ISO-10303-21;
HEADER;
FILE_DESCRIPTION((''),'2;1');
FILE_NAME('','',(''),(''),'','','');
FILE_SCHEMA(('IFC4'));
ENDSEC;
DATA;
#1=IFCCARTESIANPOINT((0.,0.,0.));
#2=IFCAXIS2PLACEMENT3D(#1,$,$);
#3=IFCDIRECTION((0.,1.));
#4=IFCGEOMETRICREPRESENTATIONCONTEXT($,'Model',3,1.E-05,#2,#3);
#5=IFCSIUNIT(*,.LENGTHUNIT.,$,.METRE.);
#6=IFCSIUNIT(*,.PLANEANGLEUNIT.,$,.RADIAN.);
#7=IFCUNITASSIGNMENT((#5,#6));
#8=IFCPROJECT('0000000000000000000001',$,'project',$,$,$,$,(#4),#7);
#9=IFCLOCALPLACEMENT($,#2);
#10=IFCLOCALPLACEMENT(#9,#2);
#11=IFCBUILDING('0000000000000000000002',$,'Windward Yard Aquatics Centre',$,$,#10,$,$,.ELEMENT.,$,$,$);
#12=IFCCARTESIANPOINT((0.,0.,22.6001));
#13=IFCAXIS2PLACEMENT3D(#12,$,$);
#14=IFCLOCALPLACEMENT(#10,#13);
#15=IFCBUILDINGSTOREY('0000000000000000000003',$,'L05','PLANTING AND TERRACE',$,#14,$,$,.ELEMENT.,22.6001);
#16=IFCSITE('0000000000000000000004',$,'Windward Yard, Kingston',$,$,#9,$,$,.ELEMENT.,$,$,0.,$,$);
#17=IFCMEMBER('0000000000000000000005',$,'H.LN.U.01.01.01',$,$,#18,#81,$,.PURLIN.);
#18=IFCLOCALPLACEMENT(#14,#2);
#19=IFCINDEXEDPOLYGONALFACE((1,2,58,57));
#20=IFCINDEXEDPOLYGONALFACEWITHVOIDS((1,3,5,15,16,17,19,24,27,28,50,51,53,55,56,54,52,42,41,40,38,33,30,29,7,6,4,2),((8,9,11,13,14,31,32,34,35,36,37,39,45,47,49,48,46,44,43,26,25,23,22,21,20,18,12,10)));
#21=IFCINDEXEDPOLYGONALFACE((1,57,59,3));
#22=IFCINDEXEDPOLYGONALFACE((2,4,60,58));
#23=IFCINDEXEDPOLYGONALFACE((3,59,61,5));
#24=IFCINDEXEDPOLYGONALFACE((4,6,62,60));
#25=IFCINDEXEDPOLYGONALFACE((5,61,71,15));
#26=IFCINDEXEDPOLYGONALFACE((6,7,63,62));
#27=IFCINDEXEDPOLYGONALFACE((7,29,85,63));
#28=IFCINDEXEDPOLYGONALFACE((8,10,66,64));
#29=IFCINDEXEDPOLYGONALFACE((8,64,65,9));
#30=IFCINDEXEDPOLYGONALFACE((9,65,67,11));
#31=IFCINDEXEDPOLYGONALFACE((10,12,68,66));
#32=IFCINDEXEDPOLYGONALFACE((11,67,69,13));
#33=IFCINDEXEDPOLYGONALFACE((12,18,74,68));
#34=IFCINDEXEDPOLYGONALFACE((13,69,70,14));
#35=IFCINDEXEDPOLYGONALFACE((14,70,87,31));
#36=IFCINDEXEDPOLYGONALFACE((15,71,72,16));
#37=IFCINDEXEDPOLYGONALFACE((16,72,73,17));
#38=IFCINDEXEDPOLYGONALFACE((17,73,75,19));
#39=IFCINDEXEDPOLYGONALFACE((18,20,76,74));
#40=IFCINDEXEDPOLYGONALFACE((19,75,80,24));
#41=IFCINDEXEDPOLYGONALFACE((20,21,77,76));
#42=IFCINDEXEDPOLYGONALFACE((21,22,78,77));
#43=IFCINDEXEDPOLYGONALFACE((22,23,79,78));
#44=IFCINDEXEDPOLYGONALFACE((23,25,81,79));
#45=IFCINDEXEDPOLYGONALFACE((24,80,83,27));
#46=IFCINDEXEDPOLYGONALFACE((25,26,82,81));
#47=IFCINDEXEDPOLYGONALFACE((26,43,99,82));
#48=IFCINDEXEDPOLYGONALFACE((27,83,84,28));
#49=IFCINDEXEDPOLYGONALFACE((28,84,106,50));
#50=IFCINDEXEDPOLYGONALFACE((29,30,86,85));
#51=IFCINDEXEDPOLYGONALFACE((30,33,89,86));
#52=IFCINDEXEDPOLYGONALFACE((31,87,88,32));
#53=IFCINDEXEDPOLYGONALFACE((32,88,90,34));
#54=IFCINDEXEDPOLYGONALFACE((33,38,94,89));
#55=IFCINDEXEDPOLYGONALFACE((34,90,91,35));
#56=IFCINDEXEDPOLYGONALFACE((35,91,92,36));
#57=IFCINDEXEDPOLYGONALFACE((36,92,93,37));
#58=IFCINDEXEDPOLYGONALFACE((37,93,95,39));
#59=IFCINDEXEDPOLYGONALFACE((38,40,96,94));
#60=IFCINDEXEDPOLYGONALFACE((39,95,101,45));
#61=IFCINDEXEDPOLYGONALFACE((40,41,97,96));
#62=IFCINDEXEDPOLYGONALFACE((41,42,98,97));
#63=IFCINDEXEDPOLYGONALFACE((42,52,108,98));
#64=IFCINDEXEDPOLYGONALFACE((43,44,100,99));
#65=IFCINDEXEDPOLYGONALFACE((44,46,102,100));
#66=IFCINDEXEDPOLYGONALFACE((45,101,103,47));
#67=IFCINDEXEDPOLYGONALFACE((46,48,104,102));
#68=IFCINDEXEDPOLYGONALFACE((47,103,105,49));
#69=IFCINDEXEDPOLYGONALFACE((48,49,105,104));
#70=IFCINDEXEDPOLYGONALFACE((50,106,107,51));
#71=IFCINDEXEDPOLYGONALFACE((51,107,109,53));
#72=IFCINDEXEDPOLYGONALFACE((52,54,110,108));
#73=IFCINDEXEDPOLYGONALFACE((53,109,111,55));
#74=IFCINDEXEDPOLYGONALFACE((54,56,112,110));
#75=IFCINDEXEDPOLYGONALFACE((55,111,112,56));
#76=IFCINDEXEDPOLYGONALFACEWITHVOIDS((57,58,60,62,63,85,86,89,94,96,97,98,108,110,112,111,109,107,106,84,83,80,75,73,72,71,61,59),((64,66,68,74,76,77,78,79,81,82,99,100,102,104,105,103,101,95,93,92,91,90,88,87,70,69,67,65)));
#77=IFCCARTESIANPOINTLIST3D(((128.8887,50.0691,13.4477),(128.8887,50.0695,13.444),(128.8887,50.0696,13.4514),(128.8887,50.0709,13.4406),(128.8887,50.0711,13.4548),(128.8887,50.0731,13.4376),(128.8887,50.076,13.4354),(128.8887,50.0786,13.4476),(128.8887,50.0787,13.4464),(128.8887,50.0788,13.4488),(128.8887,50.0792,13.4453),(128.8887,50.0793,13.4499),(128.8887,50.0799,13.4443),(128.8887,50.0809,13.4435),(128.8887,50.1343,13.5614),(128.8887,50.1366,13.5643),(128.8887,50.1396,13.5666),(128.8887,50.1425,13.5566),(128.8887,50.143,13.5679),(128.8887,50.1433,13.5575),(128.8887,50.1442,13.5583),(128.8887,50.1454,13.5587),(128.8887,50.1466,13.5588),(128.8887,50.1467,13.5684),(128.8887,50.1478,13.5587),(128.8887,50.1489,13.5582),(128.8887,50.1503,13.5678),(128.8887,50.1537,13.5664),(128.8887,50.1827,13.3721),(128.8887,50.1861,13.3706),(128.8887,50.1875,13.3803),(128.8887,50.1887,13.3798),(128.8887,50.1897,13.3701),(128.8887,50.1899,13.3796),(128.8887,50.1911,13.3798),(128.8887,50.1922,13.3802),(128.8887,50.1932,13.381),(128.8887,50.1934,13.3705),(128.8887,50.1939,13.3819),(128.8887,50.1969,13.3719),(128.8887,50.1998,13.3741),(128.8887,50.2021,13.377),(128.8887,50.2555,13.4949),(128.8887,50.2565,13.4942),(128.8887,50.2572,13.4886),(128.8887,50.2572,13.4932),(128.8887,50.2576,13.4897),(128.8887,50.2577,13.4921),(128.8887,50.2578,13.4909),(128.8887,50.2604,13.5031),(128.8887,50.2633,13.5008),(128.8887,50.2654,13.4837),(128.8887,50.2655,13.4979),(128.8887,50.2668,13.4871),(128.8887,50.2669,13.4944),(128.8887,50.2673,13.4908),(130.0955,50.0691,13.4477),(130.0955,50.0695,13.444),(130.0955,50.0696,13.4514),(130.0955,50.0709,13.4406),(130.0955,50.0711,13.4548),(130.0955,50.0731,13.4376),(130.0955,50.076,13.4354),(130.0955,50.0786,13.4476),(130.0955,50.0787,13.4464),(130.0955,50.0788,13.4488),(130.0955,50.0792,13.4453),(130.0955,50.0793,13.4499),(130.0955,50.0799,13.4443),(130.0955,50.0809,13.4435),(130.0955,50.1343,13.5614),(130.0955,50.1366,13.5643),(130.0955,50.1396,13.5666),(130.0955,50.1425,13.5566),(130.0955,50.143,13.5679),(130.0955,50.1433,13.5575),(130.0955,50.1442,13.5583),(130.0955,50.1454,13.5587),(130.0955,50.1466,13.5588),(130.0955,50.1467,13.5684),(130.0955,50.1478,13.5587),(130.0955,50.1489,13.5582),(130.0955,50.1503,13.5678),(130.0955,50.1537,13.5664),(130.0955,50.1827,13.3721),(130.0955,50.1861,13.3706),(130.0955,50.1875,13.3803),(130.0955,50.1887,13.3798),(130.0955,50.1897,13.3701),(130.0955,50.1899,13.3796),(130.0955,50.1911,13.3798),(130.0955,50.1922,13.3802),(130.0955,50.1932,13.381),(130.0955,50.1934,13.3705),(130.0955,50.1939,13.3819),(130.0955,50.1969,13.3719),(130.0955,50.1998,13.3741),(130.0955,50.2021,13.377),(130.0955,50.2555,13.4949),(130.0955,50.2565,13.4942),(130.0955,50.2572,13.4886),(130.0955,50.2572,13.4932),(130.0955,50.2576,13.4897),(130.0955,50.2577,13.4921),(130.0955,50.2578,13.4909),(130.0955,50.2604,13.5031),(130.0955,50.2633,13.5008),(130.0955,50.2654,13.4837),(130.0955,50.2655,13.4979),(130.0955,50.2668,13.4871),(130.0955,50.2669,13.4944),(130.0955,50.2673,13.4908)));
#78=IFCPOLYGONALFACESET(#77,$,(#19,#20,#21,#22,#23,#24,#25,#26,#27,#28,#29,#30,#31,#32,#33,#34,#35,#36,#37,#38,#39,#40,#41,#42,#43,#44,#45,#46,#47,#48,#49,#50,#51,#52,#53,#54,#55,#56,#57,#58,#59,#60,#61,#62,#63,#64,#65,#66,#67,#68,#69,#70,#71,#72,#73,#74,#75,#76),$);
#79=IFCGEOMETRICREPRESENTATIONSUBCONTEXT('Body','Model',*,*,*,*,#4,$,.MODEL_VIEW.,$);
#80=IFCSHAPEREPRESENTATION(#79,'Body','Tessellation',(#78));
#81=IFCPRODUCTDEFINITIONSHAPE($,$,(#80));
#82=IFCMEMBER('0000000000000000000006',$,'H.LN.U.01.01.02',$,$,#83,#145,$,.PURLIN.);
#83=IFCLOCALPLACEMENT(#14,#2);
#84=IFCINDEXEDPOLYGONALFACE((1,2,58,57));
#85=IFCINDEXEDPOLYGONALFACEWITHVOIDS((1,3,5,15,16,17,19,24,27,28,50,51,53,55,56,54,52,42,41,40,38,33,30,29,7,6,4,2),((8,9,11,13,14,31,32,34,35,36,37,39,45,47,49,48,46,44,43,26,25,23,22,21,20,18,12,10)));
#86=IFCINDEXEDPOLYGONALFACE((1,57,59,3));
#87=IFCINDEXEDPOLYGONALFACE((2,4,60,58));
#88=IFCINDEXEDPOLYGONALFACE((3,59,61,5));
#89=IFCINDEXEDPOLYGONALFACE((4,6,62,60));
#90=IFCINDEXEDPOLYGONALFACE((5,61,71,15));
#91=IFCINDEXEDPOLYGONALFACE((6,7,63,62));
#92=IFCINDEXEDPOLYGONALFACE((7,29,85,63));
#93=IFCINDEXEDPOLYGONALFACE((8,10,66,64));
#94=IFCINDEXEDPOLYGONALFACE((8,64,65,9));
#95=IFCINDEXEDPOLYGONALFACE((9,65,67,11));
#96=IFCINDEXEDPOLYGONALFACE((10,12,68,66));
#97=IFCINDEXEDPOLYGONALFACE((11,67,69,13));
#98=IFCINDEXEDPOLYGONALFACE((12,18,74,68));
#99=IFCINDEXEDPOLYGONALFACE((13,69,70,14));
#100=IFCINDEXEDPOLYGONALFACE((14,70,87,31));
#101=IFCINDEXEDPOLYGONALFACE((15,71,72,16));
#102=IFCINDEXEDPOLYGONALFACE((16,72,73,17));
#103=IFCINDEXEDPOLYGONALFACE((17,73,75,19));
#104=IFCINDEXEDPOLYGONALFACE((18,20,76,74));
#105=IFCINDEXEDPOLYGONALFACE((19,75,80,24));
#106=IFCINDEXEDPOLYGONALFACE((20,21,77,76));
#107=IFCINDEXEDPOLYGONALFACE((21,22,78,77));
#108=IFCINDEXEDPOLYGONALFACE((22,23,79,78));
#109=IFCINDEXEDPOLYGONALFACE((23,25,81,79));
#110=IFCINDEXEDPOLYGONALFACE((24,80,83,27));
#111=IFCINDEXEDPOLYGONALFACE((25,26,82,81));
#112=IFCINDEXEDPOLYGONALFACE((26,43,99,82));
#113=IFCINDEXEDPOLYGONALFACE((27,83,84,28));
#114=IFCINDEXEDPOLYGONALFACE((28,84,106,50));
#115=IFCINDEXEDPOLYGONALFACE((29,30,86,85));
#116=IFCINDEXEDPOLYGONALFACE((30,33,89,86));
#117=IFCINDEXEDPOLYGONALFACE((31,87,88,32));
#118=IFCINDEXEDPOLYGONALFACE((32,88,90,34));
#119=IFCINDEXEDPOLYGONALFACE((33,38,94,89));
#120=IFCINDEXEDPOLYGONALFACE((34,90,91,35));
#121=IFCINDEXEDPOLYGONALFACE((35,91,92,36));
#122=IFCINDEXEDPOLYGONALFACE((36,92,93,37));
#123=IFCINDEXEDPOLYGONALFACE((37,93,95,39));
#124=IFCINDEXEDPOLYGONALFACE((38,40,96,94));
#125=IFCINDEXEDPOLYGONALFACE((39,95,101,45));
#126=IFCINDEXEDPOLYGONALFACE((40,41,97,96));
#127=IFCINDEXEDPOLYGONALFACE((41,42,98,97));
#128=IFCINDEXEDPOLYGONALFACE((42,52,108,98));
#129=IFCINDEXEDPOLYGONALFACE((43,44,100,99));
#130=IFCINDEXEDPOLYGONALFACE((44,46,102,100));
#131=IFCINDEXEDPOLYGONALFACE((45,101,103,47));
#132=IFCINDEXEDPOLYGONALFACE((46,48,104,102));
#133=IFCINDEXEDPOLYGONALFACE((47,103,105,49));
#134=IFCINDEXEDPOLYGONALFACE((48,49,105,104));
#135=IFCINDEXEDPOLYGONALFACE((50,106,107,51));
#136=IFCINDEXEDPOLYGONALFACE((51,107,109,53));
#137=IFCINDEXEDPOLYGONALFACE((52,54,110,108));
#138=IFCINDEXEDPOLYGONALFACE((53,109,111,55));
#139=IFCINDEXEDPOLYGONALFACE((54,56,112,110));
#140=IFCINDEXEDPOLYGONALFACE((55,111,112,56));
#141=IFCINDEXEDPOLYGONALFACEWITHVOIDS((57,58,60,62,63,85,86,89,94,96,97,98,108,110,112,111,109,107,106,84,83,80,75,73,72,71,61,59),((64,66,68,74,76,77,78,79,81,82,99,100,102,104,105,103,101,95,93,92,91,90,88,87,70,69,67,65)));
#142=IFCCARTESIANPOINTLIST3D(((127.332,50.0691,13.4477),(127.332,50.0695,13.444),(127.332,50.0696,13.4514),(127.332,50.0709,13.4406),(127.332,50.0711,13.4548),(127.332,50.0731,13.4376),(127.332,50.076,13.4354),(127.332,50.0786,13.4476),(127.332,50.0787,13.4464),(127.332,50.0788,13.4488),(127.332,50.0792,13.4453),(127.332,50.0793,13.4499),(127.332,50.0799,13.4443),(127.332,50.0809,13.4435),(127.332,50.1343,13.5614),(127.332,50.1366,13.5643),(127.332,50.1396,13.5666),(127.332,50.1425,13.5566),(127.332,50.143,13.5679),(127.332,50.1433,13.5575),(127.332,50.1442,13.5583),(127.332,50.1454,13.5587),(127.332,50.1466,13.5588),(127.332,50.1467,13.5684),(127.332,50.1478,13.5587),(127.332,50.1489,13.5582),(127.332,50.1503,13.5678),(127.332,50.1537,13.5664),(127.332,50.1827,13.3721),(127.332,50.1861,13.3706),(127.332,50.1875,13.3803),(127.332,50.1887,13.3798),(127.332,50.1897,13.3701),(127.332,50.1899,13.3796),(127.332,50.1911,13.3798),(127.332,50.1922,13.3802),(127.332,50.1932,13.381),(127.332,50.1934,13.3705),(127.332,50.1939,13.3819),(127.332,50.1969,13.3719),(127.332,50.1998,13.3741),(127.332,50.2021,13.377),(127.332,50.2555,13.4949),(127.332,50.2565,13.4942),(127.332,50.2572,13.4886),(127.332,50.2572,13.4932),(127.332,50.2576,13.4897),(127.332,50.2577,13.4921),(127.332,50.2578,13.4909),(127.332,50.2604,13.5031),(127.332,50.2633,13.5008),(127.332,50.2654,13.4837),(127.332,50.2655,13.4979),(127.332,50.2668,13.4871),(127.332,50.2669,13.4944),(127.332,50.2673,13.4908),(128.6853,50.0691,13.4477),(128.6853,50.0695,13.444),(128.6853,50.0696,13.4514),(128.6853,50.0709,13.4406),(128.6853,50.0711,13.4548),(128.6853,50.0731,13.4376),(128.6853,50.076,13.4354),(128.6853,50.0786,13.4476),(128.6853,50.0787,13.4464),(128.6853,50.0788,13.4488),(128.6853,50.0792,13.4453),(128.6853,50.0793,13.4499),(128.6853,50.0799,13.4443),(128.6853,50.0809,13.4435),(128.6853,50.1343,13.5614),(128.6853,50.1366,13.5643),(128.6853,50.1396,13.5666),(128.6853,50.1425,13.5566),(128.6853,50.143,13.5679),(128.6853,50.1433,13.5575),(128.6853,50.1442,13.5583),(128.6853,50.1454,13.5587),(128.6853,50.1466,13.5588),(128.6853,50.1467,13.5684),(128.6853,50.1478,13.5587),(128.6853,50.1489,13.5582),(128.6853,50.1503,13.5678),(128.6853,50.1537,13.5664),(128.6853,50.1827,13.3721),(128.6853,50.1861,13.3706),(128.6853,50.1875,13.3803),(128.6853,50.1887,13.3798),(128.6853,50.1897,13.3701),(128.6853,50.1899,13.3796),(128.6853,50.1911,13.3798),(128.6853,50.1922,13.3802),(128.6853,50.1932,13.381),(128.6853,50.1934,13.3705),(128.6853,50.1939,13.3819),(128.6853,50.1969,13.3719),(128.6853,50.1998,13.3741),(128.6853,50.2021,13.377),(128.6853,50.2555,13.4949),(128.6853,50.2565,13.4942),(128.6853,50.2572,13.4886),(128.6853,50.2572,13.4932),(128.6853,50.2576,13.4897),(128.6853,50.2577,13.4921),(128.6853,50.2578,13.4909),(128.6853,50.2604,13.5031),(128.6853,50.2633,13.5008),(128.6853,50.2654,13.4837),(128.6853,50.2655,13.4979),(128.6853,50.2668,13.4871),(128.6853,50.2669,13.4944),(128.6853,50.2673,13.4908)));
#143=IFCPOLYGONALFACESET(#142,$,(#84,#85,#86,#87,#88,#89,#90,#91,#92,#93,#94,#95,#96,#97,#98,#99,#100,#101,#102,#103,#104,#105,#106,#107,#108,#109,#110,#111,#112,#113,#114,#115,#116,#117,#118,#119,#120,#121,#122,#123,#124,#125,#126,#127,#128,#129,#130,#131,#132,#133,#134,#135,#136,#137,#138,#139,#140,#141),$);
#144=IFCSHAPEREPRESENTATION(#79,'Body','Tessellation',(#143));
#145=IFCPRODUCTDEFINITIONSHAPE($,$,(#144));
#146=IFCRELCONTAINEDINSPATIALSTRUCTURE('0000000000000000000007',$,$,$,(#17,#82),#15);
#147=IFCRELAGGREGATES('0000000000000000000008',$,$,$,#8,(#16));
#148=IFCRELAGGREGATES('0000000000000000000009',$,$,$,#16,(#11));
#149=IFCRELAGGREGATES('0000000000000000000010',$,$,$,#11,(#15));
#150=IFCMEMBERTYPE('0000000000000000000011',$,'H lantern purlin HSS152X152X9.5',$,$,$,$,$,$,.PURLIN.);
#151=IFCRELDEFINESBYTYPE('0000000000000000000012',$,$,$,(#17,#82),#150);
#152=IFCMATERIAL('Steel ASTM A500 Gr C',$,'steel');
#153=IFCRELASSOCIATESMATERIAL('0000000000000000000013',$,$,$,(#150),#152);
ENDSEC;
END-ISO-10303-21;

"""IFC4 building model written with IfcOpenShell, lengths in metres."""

from ifc_helpers import new_model, si_unit, direction, frame, origin, origin_2d, place, context, subcontext, project, spatial, hollow_rectangle, extrude, material, material_profile, profile_set, type_object, element, save


model = new_model("IFC4")

# Units and contexts
model_context = context("Model", 3, precision=1e-05, world=origin(), true_north=direction((0.0, 1.0)))
body_context = subcontext(model_context, "Body", "Model", "MODEL_VIEW")
ifc_project = project(units=[si_unit("LENGTHUNIT", "METRE"), si_unit("PLANEANGLEUNIT", "RADIAN")], contexts=[model_context])

# Site, building, storey
site_placement = place(None, origin())
site = spatial("IfcSite", under=ifc_project, at=site_placement, Name="Windward Yard, Kingston", CompositionType="ELEMENT", RefElevation=0.0)
building_placement = place(site_placement, origin())
building = spatial("IfcBuilding", under=site, at=building_placement, Name="Windward Yard Aquatics Centre", CompositionType="ELEMENT")
storey_placement = place(building_placement, frame((0.0, 0.0, 22.6001)))
storey = spatial("IfcBuildingStorey", under=building, at=storey_placement, Name="L05", Description="PLANTING AND TERRACE", CompositionType="ELEMENT", Elevation=22.6001)

# Members
ifc_material_1 = material(Name="Steel ASTM A500 Gr C", Category="steel")
ifc_material_profile_1 = material_profile(ifc_material_1, hollow_rectangle(XDim=0.1523, YDim=0.1523, WallThickness=0.0095, InnerFilletRadius=0.0046, OuterFilletRadius=0.0142, at=origin_2d()), Name="HSS152X152X9.5")
ifc_profile_set_1 = profile_set([ifc_material_profile_1], Name="Steel ASTM A500 Gr C")
member_type_1 = type_object("IfcMemberType", Name="H lantern purlin HSS152X152X9.5", PredefinedType="PURLIN", material=ifc_profile_set_1)
member_1_placement = place(storey_placement, frame((130.0955, 50.1682, 13.4692), z_axis=(-1.0, 0.0, 0.0), x_axis=(0.0, -0.51012, -0.860103)))
element("IfcMember", 1, at=member_1_placement, inside=storey, type_object=member_type_1, Name="H.LN.U.01.01.01", PredefinedType="PURLIN", context=body_context, shape_type="SweptSolid", body=[
    extrude(hollow_rectangle(XDim=0.1523, YDim=0.1523, WallThickness=0.0095, InnerFilletRadius=0.0046, OuterFilletRadius=0.0142, at=origin_2d()), origin(), (0.0, 0.0, 1.0), 1.2068),
])
member_2_placement = place(storey_placement, frame((128.6853, 50.1682, 13.4692), z_axis=(-1.0, 0.0, 0.0), x_axis=(0.0, -0.51012, -0.860103)))
element("IfcMember", 2, at=member_2_placement, inside=storey, type_object=member_type_1, Name="H.LN.U.01.01.02", PredefinedType="PURLIN", context=body_context, shape_type="SweptSolid", body=[
    extrude(hollow_rectangle(XDim=0.1523, YDim=0.1523, WallThickness=0.0095, InnerFilletRadius=0.0046, OuterFilletRadius=0.0142, at=origin_2d()), origin(), (0.0, 0.0, 1.0), 1.3533),
])

save(model, "model.ifc")
